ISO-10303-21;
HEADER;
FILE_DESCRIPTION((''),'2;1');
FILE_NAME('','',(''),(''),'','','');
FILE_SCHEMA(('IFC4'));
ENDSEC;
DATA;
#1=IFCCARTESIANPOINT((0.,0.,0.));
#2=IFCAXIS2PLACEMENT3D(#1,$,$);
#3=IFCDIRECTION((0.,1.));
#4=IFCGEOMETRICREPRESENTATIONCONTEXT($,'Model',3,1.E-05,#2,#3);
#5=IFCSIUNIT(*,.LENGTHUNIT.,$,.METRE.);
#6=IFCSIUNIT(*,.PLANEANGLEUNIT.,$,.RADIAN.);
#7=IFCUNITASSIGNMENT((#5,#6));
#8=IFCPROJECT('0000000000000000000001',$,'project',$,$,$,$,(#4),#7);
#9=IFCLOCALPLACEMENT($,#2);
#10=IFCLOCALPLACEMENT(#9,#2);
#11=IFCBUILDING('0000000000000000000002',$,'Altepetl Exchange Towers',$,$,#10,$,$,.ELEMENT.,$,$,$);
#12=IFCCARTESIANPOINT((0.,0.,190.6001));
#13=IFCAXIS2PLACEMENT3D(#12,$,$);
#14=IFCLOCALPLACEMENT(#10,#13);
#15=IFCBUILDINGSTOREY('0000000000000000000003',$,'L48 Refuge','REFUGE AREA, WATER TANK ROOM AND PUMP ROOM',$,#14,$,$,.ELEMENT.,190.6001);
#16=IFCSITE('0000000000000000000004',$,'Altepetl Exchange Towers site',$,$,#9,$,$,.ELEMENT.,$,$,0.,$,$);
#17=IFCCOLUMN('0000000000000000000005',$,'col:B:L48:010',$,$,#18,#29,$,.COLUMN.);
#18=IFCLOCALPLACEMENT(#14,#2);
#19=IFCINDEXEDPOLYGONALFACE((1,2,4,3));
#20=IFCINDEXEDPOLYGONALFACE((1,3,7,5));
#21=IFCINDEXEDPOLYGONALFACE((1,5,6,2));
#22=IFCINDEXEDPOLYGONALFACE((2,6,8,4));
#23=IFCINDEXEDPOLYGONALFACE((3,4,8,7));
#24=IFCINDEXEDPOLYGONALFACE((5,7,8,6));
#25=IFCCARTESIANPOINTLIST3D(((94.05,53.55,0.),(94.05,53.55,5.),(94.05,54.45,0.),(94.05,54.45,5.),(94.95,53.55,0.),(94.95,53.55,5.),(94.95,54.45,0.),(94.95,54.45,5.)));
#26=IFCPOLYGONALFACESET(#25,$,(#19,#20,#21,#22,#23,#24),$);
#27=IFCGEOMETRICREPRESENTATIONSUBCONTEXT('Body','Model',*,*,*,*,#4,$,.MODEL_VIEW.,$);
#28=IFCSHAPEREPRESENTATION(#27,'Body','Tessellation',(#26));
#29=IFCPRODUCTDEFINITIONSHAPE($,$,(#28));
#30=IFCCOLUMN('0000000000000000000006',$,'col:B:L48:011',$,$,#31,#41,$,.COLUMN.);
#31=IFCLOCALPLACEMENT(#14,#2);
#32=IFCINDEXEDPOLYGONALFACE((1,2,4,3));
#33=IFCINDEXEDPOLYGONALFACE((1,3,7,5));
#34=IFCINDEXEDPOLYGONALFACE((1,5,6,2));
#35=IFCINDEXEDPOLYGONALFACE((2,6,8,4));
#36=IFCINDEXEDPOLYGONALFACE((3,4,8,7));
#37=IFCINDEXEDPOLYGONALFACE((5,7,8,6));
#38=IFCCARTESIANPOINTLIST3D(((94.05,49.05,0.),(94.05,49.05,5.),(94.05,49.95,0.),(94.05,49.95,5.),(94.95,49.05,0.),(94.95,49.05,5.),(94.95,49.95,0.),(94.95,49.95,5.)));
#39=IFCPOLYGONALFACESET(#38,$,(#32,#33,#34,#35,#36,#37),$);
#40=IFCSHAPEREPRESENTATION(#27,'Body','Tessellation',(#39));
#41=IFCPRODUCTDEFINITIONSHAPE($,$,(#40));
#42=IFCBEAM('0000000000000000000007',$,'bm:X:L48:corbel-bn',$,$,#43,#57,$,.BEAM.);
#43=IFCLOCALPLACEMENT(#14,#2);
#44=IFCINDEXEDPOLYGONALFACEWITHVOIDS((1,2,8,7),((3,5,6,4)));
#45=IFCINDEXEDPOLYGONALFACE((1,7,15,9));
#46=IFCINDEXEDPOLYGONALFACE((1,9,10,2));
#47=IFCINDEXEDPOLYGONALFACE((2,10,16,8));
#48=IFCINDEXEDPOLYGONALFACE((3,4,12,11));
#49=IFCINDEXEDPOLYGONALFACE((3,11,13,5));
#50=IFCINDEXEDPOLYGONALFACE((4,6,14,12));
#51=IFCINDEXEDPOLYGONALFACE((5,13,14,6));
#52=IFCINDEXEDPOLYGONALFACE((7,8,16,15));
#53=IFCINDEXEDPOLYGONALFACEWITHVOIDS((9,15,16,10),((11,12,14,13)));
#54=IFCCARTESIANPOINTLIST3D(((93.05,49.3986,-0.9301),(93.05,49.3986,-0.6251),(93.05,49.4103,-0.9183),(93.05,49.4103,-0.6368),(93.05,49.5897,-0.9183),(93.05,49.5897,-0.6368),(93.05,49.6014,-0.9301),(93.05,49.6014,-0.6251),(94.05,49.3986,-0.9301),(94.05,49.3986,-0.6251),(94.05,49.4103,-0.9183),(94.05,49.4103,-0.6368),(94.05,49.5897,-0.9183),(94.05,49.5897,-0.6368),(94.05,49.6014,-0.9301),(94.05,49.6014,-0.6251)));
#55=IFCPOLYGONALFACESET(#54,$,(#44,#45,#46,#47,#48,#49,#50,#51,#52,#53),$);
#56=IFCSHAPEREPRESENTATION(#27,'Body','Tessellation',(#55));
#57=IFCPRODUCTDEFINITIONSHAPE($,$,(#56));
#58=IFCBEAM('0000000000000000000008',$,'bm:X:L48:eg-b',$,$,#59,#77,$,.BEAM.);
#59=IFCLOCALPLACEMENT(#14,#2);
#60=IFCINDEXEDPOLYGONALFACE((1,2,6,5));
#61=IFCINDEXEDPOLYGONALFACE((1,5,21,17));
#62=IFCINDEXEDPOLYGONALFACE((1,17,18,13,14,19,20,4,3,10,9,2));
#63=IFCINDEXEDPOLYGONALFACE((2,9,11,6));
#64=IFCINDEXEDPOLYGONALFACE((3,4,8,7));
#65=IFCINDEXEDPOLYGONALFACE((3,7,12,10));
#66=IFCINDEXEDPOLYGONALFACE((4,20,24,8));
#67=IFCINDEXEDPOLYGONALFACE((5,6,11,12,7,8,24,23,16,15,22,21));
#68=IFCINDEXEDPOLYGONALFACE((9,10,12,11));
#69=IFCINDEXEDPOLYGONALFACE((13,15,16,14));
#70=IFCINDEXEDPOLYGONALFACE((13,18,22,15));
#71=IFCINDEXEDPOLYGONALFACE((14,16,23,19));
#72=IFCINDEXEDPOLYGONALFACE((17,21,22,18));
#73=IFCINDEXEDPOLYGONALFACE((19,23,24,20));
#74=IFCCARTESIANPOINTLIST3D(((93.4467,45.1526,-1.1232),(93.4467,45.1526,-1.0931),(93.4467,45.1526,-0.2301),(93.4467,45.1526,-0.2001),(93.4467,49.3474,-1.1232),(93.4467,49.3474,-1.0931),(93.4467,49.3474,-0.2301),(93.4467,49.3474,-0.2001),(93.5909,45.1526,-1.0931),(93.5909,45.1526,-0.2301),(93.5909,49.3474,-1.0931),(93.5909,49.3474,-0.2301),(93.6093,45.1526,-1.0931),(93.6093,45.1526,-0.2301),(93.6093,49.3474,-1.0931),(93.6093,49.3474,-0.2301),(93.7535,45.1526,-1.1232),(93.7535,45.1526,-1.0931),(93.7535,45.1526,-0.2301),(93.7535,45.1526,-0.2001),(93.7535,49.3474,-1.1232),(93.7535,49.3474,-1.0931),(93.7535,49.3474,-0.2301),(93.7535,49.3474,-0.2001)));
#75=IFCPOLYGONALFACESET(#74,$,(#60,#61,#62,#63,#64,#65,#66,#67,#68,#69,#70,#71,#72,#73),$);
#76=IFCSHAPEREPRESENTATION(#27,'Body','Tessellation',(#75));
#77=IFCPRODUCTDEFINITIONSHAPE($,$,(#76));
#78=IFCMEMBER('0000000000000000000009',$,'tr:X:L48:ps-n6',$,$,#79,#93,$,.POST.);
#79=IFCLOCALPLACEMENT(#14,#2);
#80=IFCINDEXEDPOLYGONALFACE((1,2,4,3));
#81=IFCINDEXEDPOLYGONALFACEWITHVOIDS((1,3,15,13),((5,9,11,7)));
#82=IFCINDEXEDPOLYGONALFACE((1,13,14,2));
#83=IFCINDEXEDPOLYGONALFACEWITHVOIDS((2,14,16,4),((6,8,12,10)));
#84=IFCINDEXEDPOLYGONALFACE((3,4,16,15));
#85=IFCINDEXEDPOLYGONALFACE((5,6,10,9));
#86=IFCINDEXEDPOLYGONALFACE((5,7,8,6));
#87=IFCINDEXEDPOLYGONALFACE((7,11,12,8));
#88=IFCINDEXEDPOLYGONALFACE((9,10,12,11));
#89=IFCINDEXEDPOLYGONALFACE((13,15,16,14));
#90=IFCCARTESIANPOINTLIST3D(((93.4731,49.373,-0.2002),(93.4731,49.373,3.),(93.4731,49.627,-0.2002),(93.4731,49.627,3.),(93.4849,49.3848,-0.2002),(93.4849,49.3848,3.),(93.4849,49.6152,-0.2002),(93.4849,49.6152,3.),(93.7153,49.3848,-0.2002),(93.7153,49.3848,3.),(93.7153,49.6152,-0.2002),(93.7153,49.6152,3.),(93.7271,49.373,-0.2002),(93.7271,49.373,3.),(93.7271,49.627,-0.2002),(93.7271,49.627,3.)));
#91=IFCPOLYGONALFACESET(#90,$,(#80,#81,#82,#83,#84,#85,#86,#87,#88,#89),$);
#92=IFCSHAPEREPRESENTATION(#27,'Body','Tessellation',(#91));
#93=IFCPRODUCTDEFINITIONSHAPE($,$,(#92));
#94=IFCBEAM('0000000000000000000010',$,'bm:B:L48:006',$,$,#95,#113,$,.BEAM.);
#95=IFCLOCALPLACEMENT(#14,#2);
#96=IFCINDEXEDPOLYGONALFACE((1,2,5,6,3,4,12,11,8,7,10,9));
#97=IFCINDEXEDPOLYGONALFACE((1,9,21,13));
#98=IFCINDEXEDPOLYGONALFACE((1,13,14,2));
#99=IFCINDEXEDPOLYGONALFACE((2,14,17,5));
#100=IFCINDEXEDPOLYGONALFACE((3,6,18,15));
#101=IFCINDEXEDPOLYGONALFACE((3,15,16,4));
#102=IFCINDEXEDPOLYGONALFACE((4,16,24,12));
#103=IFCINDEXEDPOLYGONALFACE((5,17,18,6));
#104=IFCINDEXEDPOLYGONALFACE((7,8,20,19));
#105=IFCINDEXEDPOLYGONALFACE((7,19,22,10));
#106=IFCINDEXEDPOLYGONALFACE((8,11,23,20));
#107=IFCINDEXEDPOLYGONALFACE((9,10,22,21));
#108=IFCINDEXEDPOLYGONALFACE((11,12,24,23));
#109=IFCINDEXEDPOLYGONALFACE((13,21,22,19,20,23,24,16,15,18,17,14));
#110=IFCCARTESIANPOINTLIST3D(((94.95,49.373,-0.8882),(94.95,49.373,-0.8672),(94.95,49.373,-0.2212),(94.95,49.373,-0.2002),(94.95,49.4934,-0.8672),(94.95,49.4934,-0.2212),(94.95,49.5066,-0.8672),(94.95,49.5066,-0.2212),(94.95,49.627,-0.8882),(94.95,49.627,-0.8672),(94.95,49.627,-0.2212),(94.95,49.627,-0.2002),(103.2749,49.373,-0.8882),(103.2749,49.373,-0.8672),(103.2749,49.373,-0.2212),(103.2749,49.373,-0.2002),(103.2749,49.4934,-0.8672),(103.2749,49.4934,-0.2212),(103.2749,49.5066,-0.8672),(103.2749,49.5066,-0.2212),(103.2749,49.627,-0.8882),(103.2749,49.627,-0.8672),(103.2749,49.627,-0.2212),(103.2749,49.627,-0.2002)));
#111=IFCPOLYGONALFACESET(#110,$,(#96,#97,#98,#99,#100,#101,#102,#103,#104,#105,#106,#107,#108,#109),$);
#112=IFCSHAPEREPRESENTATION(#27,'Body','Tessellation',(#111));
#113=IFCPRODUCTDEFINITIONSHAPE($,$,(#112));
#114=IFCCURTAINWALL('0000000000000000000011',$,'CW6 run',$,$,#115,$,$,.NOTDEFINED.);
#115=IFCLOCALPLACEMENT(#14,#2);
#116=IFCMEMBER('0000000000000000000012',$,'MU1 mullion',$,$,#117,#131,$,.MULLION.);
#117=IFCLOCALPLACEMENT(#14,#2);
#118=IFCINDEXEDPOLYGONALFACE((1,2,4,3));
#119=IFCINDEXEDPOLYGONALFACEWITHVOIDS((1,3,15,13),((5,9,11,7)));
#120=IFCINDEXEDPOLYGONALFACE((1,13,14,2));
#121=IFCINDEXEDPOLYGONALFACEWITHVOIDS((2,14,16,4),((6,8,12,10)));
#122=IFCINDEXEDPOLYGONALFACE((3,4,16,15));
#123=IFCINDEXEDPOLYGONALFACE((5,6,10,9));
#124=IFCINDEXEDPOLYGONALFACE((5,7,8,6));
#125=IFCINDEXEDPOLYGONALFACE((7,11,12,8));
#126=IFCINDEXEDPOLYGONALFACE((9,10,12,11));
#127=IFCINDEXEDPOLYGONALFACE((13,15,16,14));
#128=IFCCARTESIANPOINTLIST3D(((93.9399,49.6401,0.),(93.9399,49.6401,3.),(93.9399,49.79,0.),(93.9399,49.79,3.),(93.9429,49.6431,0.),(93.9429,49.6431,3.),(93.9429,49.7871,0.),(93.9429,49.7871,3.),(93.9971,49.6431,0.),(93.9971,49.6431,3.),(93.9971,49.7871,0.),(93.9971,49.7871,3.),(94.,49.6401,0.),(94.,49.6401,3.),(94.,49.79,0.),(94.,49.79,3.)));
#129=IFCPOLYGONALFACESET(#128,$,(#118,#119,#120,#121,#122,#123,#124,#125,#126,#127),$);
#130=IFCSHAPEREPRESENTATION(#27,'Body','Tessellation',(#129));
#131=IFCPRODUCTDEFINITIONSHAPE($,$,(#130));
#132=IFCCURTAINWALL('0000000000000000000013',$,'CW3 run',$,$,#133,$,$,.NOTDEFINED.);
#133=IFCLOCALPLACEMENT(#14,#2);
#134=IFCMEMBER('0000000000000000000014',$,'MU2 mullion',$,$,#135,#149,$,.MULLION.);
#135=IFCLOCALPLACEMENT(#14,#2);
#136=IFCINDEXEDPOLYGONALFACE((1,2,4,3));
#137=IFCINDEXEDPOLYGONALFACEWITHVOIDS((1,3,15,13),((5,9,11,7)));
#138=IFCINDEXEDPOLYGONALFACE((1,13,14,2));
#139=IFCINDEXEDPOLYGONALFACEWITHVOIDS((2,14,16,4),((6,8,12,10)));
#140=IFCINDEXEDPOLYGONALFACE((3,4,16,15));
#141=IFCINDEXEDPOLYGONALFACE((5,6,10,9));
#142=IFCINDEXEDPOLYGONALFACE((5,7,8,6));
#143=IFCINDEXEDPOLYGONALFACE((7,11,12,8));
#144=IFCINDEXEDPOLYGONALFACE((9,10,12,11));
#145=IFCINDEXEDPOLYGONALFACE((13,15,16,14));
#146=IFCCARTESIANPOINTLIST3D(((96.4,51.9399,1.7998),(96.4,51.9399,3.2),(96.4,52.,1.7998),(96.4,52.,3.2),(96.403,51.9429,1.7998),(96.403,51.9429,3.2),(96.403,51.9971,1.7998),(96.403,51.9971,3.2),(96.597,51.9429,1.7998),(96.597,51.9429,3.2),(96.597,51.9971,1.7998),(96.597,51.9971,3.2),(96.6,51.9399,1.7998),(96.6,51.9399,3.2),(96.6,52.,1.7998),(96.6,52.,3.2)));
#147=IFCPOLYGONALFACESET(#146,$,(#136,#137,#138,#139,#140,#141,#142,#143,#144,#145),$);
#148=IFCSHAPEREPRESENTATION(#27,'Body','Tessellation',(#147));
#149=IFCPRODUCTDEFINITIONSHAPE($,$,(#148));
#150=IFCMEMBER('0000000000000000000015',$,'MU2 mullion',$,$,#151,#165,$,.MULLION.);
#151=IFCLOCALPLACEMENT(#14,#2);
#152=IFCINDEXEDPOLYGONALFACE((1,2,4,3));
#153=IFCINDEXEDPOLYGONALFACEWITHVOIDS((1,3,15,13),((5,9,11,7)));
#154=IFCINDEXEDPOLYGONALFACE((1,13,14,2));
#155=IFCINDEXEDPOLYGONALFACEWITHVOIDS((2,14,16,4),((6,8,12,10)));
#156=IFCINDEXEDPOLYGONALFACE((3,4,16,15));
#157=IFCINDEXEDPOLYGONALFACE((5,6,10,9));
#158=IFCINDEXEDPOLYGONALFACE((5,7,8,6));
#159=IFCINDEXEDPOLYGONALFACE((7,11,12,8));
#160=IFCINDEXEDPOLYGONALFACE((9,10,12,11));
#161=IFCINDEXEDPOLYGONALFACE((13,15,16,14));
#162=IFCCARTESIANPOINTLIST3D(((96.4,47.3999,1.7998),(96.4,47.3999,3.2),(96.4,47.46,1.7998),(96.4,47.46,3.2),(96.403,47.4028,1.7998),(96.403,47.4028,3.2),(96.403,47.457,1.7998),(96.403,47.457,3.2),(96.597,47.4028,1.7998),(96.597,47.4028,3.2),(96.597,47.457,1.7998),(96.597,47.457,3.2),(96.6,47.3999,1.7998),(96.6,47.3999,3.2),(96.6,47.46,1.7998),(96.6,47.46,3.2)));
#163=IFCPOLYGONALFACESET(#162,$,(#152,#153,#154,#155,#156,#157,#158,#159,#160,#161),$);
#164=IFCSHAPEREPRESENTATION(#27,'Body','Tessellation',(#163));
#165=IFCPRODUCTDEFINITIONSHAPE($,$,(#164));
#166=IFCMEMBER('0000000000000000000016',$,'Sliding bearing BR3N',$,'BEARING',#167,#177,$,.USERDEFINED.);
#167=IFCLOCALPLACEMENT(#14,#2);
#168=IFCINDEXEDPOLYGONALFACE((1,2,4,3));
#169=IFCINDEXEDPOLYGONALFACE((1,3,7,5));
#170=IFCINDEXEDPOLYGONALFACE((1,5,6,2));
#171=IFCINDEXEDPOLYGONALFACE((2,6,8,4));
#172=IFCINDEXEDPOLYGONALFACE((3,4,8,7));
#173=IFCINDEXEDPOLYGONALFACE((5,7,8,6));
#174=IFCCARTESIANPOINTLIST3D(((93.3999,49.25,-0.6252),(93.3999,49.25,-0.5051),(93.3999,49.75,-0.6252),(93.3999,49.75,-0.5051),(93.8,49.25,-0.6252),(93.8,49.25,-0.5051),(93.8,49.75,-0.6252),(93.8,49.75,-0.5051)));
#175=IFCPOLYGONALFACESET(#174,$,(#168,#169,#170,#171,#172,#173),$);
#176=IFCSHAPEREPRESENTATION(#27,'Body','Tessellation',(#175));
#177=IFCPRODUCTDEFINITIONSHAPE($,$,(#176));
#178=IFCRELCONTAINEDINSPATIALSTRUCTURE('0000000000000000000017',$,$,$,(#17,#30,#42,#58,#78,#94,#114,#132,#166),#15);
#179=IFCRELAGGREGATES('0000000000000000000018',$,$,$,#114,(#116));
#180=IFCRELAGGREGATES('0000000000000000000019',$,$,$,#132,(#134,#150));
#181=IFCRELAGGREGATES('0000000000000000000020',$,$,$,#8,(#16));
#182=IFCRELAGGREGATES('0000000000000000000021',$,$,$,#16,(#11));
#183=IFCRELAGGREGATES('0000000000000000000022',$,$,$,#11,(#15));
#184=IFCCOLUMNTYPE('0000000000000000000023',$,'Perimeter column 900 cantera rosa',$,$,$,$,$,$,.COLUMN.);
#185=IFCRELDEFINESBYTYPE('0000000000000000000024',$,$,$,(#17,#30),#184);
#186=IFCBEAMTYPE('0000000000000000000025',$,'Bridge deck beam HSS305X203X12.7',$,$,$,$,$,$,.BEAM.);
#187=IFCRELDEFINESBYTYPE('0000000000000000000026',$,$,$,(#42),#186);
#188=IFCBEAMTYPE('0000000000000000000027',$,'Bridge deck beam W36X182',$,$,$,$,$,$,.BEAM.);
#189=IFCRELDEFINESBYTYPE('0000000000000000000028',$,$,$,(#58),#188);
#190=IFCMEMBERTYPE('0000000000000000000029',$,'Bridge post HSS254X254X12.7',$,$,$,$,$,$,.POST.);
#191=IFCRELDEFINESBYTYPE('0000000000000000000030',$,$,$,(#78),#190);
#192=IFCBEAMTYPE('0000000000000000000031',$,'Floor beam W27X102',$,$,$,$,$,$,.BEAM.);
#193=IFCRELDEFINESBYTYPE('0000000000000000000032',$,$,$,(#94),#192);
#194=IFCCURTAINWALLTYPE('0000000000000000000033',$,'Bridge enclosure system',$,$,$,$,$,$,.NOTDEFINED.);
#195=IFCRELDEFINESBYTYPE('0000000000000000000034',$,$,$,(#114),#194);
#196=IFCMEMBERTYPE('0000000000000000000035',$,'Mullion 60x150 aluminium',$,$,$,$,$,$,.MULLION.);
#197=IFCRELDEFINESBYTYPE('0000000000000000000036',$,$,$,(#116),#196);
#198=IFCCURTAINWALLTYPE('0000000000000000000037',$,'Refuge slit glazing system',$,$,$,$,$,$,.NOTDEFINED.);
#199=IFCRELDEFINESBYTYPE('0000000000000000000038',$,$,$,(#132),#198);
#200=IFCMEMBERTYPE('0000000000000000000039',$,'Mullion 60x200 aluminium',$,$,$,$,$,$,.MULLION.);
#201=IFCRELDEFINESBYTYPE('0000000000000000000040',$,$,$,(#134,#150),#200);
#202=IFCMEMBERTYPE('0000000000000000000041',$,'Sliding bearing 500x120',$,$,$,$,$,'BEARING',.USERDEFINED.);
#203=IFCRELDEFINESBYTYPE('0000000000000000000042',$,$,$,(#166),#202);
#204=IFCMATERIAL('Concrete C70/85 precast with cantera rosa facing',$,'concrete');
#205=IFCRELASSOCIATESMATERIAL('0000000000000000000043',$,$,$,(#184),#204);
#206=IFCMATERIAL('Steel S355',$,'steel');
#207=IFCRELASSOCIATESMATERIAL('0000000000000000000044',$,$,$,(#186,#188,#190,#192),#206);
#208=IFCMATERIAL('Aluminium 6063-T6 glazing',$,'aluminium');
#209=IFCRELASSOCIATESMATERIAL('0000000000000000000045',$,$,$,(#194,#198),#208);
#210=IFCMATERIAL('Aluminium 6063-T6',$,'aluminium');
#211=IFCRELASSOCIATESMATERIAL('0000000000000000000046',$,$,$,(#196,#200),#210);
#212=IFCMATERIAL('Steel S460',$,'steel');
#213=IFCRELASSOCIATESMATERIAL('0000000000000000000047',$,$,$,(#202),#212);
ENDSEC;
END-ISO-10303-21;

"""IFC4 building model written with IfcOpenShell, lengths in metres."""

from ifc_helpers import new_model, si_unit, direction, frame, origin, origin_2d, place, context, subcontext, project, spatial, rectangle, hollow_rectangle, i_section, extrude, material, material_profile, profile_set, type_object, element, aggregate, save


model = new_model("IFC4")

# Units and contexts
model_context = context("Model", 3, precision=1e-05, world=origin(), true_north=direction((0.0, 1.0)))
body_context = subcontext(model_context, "Body", "Model", "MODEL_VIEW")
ifc_project = project(units=[si_unit("LENGTHUNIT", "METRE"), si_unit("PLANEANGLEUNIT", "RADIAN")], contexts=[model_context])

# Site, building, storey
site_placement = place(None, origin())
site = spatial("IfcSite", under=ifc_project, at=site_placement, Name="Altepetl Exchange Towers site", CompositionType="ELEMENT", RefElevation=0.0)
building_placement = place(site_placement, origin())
building = spatial("IfcBuilding", under=site, at=building_placement, Name="Altepetl Exchange Towers", CompositionType="ELEMENT")
storey_placement = place(building_placement, frame((0.0, 0.0, 190.6001)))
storey = spatial("IfcBuildingStorey", under=building, at=storey_placement, Name="L48 Refuge", Description="REFUGE AREA, WATER TANK ROOM AND PUMP ROOM", CompositionType="ELEMENT", Elevation=190.6001)

# Columns
ifc_material_1 = material(Name="Concrete C70/85 precast with cantera rosa facing", Category="concrete")
ifc_material_profile_1 = material_profile(ifc_material_1, rectangle(XDim=0.8999, YDim=0.8999, at=origin_2d()), Name="900 x 900")
ifc_profile_set_1 = profile_set([ifc_material_profile_1], Name="Concrete C70/85 precast with cantera rosa facing")
column_type = type_object("IfcColumnType", Name="Perimeter column 900 cantera rosa", PredefinedType="COLUMN", material=ifc_profile_set_1)
for number, where, name in (
    (1, (94.5, 54.0, 0.0), "col:B:L48:010"),
    (2, (94.5, 49.5, 0.0), "col:B:L48:011"),
):
    element("IfcColumn", number, at=place(storey_placement, frame(where)), inside=storey, type_object=column_type, Name=name, PredefinedType="COLUMN", context=body_context, shape_type="SweptSolid", body=[
        extrude(rectangle(XDim=0.8999, YDim=0.8999, at=origin_2d()), origin(), (0.0, 0.0, 1.0), 5.0),
    ])

# Beams
ifc_material_2 = material(Name="Steel S355", Category="steel")
ifc_material_profile_2 = material_profile(ifc_material_2, hollow_rectangle(XDim=0.2029, YDim=0.3049, WallThickness=0.0117, at=origin_2d()), Name="HSS305X203X12.7")
ifc_profile_set_2 = profile_set([ifc_material_profile_2], Name="Steel S355")
beam_type_1 = type_object("IfcBeamType", Name="Bridge deck beam HSS305X203X12.7", PredefinedType="BEAM", material=ifc_profile_set_2)
beam_1_placement = place(storey_placement, frame((94.05, 49.5, -0.7776), z_axis=(-1.0, 0.0, 0.0), x_axis=(0.0, -1.0, 0.0)))
element("IfcBeam", 3, at=beam_1_placement, inside=storey, type_object=beam_type_1, Name="bm:X:L48:corbel-bn", PredefinedType="BEAM", context=body_context, shape_type="SweptSolid", body=[
    extrude(hollow_rectangle(XDim=0.2029, YDim=0.3049, WallThickness=0.0117, at=origin_2d()), origin(), (0.0, 0.0, 1.0), 1.0),
])
ifc_material_profile_3 = material_profile(ifc_material_2, i_section(OverallWidth=0.3069, OverallDepth=0.9231, WebThickness=0.0183, FlangeThickness=0.03, at=origin_2d()), Name="W36X182")
ifc_profile_set_3 = profile_set([ifc_material_profile_3], Name="Steel S355")
beam_type_2 = type_object("IfcBeamType", Name="Bridge deck beam W36X182", PredefinedType="BEAM", material=ifc_profile_set_3)
beam_2_placement = place(storey_placement, frame((93.6001, 45.1526, -0.6616), z_axis=(0.0, 1.0, 0.0), x_axis=(-1.0, 0.0, 0.0)))
element("IfcBeam", 4, at=beam_2_placement, inside=storey, type_object=beam_type_2, Name="bm:X:L48:eg-b", PredefinedType="BEAM", context=body_context, shape_type="SweptSolid", body=[
    extrude(i_section(OverallWidth=0.3069, OverallDepth=0.9231, WebThickness=0.0183, FlangeThickness=0.03, at=origin_2d()), origin(), (0.0, 0.0, 1.0), 4.1948),
])

# Member
ifc_material_profile_4 = material_profile(ifc_material_2, hollow_rectangle(XDim=0.2539, YDim=0.2539, WallThickness=0.0117, at=origin_2d()), Name="HSS254X254X12.7")
ifc_profile_set_4 = profile_set([ifc_material_profile_4], Name="Steel S355")
member_type_1 = type_object("IfcMemberType", Name="Bridge post HSS254X254X12.7", PredefinedType="POST", material=ifc_profile_set_4)
member_1_placement = place(storey_placement, frame((93.6001, 49.5, -0.2002)))
element("IfcMember", 5, at=member_1_placement, inside=storey, type_object=member_type_1, Name="tr:X:L48:ps-n6", PredefinedType="POST", context=body_context, shape_type="SweptSolid", body=[
    extrude(hollow_rectangle(XDim=0.2539, YDim=0.2539, WallThickness=0.0117, at=origin_2d()), origin(), (0.0, 0.0, 1.0), 3.2002),
])

# Beam
ifc_material_profile_5 = material_profile(ifc_material_2, i_section(OverallWidth=0.2539, OverallDepth=0.688, WebThickness=0.0132, FlangeThickness=0.021, at=origin_2d()), Name="W27X102")
ifc_profile_set_5 = profile_set([ifc_material_profile_5], Name="Steel S355")
beam_type_3 = type_object("IfcBeamType", Name="Floor beam W27X102", PredefinedType="BEAM", material=ifc_profile_set_5)
beam_3_placement = place(storey_placement, frame((94.95, 49.5, -0.5442), z_axis=(1.0, 0.0, 0.0), x_axis=(0.0, 1.0, 0.0)))
element("IfcBeam", 6, at=beam_3_placement, inside=storey, type_object=beam_type_3, Name="bm:B:L48:006", PredefinedType="BEAM", context=body_context, shape_type="SweptSolid", body=[
    extrude(i_section(OverallWidth=0.2539, OverallDepth=0.688, WebThickness=0.0132, FlangeThickness=0.021, at=origin_2d()), origin(), (0.0, 0.0, 1.0), 8.325),
])

# Curtain wall, member
ifc_material_3 = material(Name="Aluminium 6063-T6 glazing", Category="aluminium")
curtain_wall_type_1 = type_object("IfcCurtainWallType", Name="Bridge enclosure system", PredefinedType="NOTDEFINED", material=ifc_material_3)
curtain_wall_1_placement = place(storey_placement, origin())
curtain_wall_1 = element("IfcCurtainWall", 7, at=curtain_wall_1_placement, inside=storey, type_object=curtain_wall_type_1, Name="CW6 run", PredefinedType="NOTDEFINED")
ifc_material_4 = material(Name="Aluminium 6063-T6", Category="aluminium")
ifc_material_profile_6 = material_profile(ifc_material_4, hollow_rectangle(XDim=0.0601, YDim=0.1499, WallThickness=0.0029, at=origin_2d()), Name="Mullion 60x150 aluminium")
ifc_profile_set_6 = profile_set([ifc_material_profile_6], Name="Aluminium 6063-T6")
member_type_2 = type_object("IfcMemberType", Name="Mullion 60x150 aluminium", PredefinedType="MULLION", material=ifc_profile_set_6)
member_2_placement = place(storey_placement, frame((93.97, 49.7151, 0.0)))
member_2 = element("IfcMember", 8, at=member_2_placement, type_object=member_type_2, Name="MU1 mullion", PredefinedType="MULLION", context=body_context, shape_type="SweptSolid", body=[
    extrude(hollow_rectangle(XDim=0.0601, YDim=0.1499, WallThickness=0.0029, at=origin_2d()), origin(), (0.0, 0.0, 1.0), 3.0),
])

# Curtain wall, members
curtain_wall_type_2 = type_object("IfcCurtainWallType", Name="Refuge slit glazing system", PredefinedType="NOTDEFINED", material=ifc_material_3)
curtain_wall_2_placement = place(storey_placement, origin())
curtain_wall_2 = element("IfcCurtainWall", 9, at=curtain_wall_2_placement, inside=storey, type_object=curtain_wall_type_2, Name="CW3 run", PredefinedType="NOTDEFINED")
ifc_material_profile_7 = material_profile(ifc_material_4, hollow_rectangle(XDim=0.0601, YDim=0.2, WallThickness=0.0029, at=origin_2d()), Name="Mullion 60x200 aluminium")
ifc_profile_set_7 = profile_set([ifc_material_profile_7], Name="Aluminium 6063-T6")
member_type_3 = type_object("IfcMemberType", Name="Mullion 60x200 aluminium", PredefinedType="MULLION", material=ifc_profile_set_7)
member_3_placement = place(storey_placement, frame((96.5, 51.97, 1.7998), z_axis=(0.0, 0.0, 1.0), x_axis=(0.0, -1.0, 0.0)))
member_3 = element("IfcMember", 10, at=member_3_placement, type_object=member_type_3, Name="MU2 mullion", PredefinedType="MULLION", context=body_context, shape_type="SweptSolid", body=[
    extrude(hollow_rectangle(XDim=0.0601, YDim=0.2, WallThickness=0.0029, at=origin_2d()), origin(), (0.0, 0.0, 1.0), 1.4001),
])
member_4_placement = place(storey_placement, frame((96.5, 47.4299, 1.7998), z_axis=(0.0, 0.0, 1.0), x_axis=(0.0, -1.0, 0.0)))
member_4 = element("IfcMember", 11, at=member_4_placement, type_object=member_type_3, Name="MU2 mullion", PredefinedType="MULLION", context=body_context, shape_type="SweptSolid", body=[
    extrude(hollow_rectangle(XDim=0.0601, YDim=0.2, WallThickness=0.0029, at=origin_2d()), origin(), (0.0, 0.0, 1.0), 1.4001),
])

# Member
ifc_material_5 = material(Name="Steel S460", Category="steel")
ifc_material_profile_8 = material_profile(ifc_material_5, rectangle(XDim=0.5, YDim=0.1201, at=origin_2d()), Name="500 x 120")
ifc_profile_set_8 = profile_set([ifc_material_profile_8], Name="Steel S460")
member_type_4 = type_object("IfcMemberType", Name="Sliding bearing 500x120", ElementType="BEARING", PredefinedType="USERDEFINED", material=ifc_profile_set_8)
member_5_placement = place(storey_placement, frame((93.3999, 49.5, -0.5652), z_axis=(1.0, 0.0, 0.0), x_axis=(0.0, 1.0, 0.0)))
element("IfcMember", 12, at=member_5_placement, inside=storey, type_object=member_type_4, Name="Sliding bearing BR3N", ObjectType="BEARING", PredefinedType="USERDEFINED", context=body_context, shape_type="SweptSolid", body=[
    extrude(rectangle(XDim=0.5, YDim=0.1201, at=origin_2d()), origin(), (0.0, 0.0, 1.0), 0.4001),
])

aggregate(curtain_wall_1, [member_2])
aggregate(curtain_wall_2, [member_3, member_4])

save(model, "model.ifc")
